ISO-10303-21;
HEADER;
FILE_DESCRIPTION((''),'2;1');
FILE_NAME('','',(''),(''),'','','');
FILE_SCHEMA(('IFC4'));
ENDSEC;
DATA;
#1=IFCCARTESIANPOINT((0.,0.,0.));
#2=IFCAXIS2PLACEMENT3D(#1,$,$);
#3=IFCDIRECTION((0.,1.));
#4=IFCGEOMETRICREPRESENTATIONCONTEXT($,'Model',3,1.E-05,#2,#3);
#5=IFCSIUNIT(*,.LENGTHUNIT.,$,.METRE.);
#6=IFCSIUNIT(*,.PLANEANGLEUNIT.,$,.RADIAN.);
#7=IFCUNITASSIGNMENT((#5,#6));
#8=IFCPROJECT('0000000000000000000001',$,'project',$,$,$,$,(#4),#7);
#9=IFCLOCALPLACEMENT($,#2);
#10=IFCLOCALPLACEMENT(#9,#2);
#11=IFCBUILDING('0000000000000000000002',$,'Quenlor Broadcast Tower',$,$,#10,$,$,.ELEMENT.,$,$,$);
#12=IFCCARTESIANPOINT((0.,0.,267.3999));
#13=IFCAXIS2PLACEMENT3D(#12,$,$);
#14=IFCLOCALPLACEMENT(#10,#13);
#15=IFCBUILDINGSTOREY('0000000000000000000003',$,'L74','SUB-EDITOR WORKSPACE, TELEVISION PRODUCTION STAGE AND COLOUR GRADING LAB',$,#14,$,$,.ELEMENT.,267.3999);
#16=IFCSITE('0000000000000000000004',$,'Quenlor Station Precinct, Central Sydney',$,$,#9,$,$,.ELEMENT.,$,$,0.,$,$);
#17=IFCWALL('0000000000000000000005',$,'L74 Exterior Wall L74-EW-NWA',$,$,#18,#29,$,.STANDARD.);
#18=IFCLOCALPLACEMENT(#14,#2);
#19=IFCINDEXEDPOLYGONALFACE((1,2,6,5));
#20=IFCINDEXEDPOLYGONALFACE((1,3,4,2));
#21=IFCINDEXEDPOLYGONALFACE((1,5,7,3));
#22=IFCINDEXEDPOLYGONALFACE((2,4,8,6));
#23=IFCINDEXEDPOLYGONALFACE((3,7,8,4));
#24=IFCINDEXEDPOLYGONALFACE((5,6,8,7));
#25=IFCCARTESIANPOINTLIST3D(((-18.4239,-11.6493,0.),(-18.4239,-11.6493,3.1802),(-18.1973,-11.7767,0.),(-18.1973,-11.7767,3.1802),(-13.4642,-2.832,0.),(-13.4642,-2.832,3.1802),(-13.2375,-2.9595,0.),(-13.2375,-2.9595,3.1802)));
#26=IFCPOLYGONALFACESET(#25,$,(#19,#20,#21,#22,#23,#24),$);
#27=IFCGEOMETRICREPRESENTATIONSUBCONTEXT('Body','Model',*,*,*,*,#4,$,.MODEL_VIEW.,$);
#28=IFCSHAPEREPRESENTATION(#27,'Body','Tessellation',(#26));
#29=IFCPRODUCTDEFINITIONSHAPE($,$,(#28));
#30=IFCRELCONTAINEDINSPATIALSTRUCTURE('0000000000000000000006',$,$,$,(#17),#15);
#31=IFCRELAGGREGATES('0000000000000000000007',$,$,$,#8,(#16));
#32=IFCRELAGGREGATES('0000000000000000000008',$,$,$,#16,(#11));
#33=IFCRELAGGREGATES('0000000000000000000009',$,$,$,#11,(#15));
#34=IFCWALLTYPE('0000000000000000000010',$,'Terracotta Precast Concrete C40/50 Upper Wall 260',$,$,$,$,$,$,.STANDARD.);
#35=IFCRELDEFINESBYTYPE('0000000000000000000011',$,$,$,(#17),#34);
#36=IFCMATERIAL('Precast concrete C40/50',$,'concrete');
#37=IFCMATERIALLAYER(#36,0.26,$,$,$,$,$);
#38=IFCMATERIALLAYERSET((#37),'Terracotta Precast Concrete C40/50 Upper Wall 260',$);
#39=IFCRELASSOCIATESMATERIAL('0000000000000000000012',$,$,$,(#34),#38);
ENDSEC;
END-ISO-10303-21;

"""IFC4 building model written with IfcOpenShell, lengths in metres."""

from ifc_helpers import new_model, si_unit, direction, frame, frame_2d, origin, place, context, subcontext, project, spatial, rectangle, extrude, material, layer, layer_set, type_object, element, save


model = new_model("IFC4")

# Units and contexts
model_context = context("Model", 3, precision=1e-05, world=origin(), true_north=direction((0.0, 1.0)))
body_context = subcontext(model_context, "Body", "Model", "MODEL_VIEW")
ifc_project = project(units=[si_unit("LENGTHUNIT", "METRE"), si_unit("PLANEANGLEUNIT", "RADIAN")], contexts=[model_context])

# Site, building, storey
site_placement = place(None, origin())
site = spatial("IfcSite", under=ifc_project, at=site_placement, Name="Quenlor Station Precinct, Central Sydney", CompositionType="ELEMENT", RefElevation=0.0)
building_placement = place(site_placement, origin())
building = spatial("IfcBuilding", under=site, at=building_placement, Name="Quenlor Broadcast Tower", CompositionType="ELEMENT")
storey_placement = place(building_placement, frame((0.0, 0.0, 267.3999)))
storey = spatial("IfcBuildingStorey", under=building, at=storey_placement, Name="L74", Description="SUB-EDITOR WORKSPACE, TELEVISION PRODUCTION STAGE AND COLOUR GRADING LAB", CompositionType="ELEMENT", Elevation=267.3999)

# Wall
ifc_material_1 = material(Name="Precast concrete C40/50", Category="concrete")
ifc_layer_1 = layer(ifc_material_1, 0.26)
ifc_layer_set_1 = layer_set([ifc_layer_1], Name="Terracotta Precast Concrete C40/50 Upper Wall 260")
wall_type_1 = type_object("IfcWallType", Name="Terracotta Precast Concrete C40/50 Upper Wall 260", PredefinedType="STANDARD", material=ifc_layer_set_1)
wall_1_placement = place(storey_placement, frame((-18.3105, -11.7129, 0.0), z_axis=(0.0, 0.0, 1.0), x_axis=(0.490267, 0.871572, 0.0)))
element("IfcWall", 1, at=wall_1_placement, inside=storey, type_object=wall_type_1, Name="L74 Exterior Wall L74-EW-NWA", PredefinedType="STANDARD", context=body_context, shape_type="SweptSolid", body=[
    extrude(rectangle(XDim=10.1165, YDim=0.26, at=frame_2d((5.0581, 0.0))), origin(), (0.0, 0.0, 1.0), 3.1802),
])

save(model, "model.ifc")
